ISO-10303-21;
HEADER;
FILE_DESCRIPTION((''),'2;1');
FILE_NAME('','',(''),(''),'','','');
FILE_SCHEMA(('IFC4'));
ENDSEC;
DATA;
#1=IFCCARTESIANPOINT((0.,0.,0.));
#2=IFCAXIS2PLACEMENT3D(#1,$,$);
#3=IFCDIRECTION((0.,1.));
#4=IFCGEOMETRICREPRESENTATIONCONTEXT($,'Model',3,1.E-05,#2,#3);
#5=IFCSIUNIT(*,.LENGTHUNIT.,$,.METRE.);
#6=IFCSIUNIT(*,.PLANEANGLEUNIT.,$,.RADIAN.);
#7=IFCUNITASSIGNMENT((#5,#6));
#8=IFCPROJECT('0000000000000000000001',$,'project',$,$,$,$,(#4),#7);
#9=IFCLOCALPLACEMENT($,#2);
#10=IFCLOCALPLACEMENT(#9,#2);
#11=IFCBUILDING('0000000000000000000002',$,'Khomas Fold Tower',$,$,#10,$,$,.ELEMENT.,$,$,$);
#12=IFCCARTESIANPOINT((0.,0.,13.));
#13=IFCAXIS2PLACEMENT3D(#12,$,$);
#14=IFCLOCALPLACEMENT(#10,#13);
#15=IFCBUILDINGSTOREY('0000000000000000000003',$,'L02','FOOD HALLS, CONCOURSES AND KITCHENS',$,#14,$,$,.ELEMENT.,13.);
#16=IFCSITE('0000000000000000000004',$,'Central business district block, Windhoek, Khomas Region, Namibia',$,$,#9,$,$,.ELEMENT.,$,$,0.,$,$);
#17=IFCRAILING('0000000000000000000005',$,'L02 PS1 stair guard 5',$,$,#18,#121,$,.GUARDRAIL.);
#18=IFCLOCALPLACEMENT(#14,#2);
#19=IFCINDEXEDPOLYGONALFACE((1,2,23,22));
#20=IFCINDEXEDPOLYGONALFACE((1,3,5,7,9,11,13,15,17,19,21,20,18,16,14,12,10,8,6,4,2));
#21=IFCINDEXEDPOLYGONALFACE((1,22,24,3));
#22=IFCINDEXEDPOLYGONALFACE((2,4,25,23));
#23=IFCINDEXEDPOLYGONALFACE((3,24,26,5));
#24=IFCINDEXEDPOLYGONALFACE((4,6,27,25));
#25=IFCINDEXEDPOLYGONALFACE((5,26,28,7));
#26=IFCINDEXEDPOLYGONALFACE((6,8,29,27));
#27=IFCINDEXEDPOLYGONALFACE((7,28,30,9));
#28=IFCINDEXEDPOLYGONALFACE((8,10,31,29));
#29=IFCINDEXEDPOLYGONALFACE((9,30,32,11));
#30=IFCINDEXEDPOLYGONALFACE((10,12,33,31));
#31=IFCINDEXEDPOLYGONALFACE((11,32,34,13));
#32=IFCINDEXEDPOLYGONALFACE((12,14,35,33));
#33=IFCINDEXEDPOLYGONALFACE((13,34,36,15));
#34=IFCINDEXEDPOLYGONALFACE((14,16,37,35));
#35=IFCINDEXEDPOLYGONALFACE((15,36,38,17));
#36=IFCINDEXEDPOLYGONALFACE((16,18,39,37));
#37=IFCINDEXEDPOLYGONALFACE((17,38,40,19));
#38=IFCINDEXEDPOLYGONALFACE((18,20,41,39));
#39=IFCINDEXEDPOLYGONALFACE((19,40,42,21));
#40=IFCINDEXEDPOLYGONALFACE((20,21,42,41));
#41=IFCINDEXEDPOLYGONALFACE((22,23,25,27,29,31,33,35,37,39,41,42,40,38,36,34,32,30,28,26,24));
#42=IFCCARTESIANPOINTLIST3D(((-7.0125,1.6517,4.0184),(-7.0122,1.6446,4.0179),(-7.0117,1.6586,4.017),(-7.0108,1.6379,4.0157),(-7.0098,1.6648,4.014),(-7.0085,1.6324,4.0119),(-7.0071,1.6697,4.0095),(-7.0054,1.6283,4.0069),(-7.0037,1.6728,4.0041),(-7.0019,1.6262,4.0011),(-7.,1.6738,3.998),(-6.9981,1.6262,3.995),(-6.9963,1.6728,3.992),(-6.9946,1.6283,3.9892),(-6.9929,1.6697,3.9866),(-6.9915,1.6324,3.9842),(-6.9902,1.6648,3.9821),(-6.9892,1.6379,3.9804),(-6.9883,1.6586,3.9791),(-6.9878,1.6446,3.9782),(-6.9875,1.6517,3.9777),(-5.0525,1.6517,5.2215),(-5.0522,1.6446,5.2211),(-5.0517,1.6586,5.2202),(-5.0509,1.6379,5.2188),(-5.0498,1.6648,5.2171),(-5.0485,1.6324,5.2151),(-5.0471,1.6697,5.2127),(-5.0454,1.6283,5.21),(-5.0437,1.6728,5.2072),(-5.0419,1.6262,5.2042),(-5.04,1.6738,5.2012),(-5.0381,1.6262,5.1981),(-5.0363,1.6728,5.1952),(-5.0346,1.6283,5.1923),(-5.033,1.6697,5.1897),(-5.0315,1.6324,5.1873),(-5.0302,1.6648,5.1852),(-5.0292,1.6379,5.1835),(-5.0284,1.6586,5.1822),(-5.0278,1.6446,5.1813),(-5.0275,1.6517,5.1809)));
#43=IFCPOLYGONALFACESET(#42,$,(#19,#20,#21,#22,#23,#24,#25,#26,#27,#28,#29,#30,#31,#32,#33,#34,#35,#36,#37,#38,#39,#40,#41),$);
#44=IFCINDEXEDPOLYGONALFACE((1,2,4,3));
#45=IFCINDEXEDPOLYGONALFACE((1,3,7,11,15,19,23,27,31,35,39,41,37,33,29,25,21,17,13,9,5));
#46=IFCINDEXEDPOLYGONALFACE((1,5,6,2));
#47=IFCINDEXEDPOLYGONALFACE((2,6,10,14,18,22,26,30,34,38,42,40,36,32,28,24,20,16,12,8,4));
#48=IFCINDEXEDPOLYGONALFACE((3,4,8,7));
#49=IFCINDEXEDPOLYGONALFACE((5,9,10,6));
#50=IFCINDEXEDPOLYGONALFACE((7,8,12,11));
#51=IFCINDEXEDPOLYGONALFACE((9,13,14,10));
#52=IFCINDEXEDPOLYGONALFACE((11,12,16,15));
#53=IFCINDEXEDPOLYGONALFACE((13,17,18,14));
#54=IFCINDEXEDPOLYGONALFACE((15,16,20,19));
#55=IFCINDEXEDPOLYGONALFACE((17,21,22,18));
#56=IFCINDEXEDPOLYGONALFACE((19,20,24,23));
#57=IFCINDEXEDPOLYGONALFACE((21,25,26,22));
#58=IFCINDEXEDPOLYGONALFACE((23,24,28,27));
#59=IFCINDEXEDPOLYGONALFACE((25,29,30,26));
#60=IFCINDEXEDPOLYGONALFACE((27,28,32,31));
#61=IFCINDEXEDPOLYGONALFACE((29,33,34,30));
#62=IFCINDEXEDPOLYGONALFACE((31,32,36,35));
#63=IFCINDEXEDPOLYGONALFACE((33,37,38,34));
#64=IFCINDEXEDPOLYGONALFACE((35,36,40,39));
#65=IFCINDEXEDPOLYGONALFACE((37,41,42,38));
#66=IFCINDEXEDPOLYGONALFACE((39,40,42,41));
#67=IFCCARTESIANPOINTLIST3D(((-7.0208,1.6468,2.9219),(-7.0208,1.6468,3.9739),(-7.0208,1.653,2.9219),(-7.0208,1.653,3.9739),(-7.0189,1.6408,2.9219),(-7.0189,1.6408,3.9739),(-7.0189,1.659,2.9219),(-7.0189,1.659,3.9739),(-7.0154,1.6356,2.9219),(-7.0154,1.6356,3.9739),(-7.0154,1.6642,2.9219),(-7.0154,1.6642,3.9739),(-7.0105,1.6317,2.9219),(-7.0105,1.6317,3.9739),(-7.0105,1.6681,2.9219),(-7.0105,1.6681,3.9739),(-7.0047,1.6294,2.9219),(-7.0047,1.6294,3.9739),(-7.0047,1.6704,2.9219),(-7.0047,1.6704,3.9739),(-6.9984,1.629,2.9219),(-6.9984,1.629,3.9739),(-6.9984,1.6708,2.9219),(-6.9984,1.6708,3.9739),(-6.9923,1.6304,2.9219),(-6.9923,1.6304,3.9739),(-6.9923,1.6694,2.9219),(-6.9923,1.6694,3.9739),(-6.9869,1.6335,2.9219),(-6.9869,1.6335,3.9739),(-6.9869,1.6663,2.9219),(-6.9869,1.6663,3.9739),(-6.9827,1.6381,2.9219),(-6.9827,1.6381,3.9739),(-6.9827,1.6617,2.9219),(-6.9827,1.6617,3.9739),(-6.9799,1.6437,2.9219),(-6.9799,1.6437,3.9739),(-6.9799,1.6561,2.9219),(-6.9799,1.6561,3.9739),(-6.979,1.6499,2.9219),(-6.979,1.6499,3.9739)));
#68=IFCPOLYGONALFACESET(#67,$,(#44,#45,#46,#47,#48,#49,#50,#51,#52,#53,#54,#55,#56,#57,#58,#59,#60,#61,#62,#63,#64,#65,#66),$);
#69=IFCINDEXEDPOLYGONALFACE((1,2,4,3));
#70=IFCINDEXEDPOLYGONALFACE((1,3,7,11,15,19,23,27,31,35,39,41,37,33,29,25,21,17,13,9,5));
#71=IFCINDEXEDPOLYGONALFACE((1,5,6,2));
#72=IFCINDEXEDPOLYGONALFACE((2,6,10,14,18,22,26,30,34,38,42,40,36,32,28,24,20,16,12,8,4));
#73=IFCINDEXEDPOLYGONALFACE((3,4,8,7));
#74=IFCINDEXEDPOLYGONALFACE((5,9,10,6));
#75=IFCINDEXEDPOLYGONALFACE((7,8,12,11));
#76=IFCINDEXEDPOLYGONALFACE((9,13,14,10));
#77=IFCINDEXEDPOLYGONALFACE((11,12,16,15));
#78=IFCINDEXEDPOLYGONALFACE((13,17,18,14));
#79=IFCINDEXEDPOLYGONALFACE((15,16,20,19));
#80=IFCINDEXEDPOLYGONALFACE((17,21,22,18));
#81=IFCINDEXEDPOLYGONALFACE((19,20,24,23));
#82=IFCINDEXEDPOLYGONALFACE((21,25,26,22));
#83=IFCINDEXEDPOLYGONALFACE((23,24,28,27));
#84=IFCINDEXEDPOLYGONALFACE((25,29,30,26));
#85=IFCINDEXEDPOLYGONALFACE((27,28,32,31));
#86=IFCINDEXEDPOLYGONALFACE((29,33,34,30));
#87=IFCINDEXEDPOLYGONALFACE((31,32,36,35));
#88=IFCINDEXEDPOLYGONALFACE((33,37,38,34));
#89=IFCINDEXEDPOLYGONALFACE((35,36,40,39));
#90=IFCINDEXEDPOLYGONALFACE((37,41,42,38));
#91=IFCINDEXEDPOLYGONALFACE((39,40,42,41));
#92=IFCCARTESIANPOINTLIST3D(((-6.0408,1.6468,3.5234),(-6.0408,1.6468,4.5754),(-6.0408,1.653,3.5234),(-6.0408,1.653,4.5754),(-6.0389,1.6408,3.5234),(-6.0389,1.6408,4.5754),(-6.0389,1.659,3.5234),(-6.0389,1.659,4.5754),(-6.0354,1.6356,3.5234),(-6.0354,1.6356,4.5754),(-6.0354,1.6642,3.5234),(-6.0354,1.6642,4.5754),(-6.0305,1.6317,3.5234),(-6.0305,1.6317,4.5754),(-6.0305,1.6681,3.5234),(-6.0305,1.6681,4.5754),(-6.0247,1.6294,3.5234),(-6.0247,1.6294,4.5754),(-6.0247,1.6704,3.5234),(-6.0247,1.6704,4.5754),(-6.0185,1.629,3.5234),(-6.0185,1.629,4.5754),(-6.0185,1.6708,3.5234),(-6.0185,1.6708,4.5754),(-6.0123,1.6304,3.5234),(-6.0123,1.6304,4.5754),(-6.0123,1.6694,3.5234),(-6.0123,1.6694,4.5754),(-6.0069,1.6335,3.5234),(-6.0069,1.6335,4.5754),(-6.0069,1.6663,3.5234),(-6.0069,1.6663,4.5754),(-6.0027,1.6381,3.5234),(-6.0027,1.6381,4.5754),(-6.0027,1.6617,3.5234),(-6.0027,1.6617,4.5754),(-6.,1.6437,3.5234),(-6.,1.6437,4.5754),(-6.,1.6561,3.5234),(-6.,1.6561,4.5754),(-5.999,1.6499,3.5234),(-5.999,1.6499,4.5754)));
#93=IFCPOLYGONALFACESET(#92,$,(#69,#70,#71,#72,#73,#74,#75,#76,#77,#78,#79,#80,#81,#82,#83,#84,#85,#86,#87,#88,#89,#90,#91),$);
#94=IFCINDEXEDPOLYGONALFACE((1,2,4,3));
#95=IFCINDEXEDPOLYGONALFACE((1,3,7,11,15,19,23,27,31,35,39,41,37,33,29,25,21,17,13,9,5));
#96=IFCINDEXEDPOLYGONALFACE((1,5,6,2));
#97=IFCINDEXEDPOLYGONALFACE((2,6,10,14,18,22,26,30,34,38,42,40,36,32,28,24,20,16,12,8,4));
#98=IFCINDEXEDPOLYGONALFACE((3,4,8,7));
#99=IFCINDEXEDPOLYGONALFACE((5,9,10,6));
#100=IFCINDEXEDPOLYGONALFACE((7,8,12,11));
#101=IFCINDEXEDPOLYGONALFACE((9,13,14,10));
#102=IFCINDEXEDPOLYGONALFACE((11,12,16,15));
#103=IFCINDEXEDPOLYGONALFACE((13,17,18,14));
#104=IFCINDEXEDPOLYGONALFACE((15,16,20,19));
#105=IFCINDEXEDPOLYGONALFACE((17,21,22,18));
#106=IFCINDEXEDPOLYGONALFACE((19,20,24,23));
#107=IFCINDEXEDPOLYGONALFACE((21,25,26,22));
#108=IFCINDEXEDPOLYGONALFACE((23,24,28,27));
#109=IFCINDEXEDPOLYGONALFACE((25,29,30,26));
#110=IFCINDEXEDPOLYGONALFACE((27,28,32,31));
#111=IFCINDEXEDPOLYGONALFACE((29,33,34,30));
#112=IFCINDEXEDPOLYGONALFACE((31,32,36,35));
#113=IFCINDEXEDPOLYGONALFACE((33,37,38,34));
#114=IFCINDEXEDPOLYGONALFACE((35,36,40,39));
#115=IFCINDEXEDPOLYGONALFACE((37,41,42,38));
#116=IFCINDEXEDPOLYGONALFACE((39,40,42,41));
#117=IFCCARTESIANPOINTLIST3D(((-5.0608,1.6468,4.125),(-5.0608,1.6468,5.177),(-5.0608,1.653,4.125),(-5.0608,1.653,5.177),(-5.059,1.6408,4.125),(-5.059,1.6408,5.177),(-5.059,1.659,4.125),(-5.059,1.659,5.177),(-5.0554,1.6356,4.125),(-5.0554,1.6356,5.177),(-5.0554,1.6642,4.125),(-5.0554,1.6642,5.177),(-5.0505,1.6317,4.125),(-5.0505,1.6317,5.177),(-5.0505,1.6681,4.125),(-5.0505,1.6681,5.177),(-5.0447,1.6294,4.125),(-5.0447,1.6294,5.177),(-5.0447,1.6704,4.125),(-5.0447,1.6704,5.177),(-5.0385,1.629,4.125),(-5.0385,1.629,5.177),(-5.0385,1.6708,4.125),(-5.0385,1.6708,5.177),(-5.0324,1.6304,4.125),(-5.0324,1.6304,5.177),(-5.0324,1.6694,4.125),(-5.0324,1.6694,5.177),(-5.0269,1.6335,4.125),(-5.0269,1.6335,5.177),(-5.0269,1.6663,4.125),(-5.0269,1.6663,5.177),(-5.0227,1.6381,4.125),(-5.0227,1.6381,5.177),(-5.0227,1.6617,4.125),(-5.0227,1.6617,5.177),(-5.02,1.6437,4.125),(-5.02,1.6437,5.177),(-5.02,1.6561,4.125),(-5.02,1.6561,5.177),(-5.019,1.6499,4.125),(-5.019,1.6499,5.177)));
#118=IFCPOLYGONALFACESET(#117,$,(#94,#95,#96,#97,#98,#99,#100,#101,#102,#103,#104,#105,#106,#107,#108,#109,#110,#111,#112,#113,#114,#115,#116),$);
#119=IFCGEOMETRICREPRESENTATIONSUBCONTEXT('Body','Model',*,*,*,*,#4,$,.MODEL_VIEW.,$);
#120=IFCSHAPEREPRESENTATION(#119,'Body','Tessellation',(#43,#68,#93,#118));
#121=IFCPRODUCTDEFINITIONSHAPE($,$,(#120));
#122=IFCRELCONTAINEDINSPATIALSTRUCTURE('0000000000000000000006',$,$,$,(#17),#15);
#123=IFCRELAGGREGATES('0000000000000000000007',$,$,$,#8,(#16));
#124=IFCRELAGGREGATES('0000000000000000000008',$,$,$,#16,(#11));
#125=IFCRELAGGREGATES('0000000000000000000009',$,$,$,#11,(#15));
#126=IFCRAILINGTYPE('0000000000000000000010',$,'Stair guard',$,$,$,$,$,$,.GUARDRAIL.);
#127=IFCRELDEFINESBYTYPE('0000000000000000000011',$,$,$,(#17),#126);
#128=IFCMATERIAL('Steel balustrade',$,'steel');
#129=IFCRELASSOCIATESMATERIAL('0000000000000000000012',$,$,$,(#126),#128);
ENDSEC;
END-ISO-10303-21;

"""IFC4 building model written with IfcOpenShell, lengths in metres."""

from ifc_helpers import new_model, si_unit, direction, frame, origin, origin_2d, place, context, subcontext, project, spatial, circle, extrude, source, transform, mapped, material, type_object, element, save


model = new_model("IFC4")

# Units and contexts
model_context = context("Model", 3, precision=1e-05, world=origin(), true_north=direction((0.0, 1.0)))
body_context = subcontext(model_context, "Body", "Model", "MODEL_VIEW")
ifc_project = project(units=[si_unit("LENGTHUNIT", "METRE"), si_unit("PLANEANGLEUNIT", "RADIAN")], contexts=[model_context])

# Site, building, storey
site_placement = place(None, origin())
site = spatial("IfcSite", under=ifc_project, at=site_placement, Name="Central business district block, Windhoek, Khomas Region, Namibia", CompositionType="ELEMENT", RefElevation=0.0)
building_placement = place(site_placement, origin())
building = spatial("IfcBuilding", under=site, at=building_placement, Name="Khomas Fold Tower", CompositionType="ELEMENT")
storey_placement = place(building_placement, frame((0.0, 0.0, 13.0)))
storey = spatial("IfcBuildingStorey", under=building, at=storey_placement, Name="L02", Description="FOOD HALLS, CONCOURSES AND KITCHENS", CompositionType="ELEMENT", Elevation=13.0)

# Railing
ifc_material_1 = material(Name="Steel balustrade", Category="steel")
railing_type_1 = type_object("IfcRailingType", Name="Stair guard", PredefinedType="GUARDRAIL", material=ifc_material_1)
shared_shape_1 = source(origin(), body_context, "Body", "SweptSolid", [
    extrude(circle(Radius=0.0239, at=origin_2d()), frame((0.0, 0.0, 1.0762), z_axis=(0.852241, 0.0, 0.523149), x_axis=(0.0, 1.0, 0.0)), (0.0, 0.0, 1.0), 2.2998),
    extrude(circle(Radius=0.021, at=origin_2d()), origin(), (0.0, 0.0, 1.0), 1.052),
    extrude(circle(Radius=0.021, at=origin_2d()), frame((0.98, 0.0, 0.6016)), (0.0, 0.0, 1.0), 1.052),
    extrude(circle(Radius=0.021, at=origin_2d()), frame((1.96, 0.0, 1.2031)), (0.0, 0.0, 1.0), 1.052),
])
for number, where, name in (
    (1, (-7.0, 1.6499, 2.9219), "L02 PS1 stair guard 5"),
):
    element("IfcRailing", number, at=place(storey_placement, frame(where)), inside=storey, type_object=railing_type_1, Name=name, PredefinedType="GUARDRAIL", context=body_context, shape_type="MappedRepresentation", body=[
        mapped(shared_shape_1, transform((0.0, 0.0, 0.0))),
    ])

save(model, "model.ifc")
